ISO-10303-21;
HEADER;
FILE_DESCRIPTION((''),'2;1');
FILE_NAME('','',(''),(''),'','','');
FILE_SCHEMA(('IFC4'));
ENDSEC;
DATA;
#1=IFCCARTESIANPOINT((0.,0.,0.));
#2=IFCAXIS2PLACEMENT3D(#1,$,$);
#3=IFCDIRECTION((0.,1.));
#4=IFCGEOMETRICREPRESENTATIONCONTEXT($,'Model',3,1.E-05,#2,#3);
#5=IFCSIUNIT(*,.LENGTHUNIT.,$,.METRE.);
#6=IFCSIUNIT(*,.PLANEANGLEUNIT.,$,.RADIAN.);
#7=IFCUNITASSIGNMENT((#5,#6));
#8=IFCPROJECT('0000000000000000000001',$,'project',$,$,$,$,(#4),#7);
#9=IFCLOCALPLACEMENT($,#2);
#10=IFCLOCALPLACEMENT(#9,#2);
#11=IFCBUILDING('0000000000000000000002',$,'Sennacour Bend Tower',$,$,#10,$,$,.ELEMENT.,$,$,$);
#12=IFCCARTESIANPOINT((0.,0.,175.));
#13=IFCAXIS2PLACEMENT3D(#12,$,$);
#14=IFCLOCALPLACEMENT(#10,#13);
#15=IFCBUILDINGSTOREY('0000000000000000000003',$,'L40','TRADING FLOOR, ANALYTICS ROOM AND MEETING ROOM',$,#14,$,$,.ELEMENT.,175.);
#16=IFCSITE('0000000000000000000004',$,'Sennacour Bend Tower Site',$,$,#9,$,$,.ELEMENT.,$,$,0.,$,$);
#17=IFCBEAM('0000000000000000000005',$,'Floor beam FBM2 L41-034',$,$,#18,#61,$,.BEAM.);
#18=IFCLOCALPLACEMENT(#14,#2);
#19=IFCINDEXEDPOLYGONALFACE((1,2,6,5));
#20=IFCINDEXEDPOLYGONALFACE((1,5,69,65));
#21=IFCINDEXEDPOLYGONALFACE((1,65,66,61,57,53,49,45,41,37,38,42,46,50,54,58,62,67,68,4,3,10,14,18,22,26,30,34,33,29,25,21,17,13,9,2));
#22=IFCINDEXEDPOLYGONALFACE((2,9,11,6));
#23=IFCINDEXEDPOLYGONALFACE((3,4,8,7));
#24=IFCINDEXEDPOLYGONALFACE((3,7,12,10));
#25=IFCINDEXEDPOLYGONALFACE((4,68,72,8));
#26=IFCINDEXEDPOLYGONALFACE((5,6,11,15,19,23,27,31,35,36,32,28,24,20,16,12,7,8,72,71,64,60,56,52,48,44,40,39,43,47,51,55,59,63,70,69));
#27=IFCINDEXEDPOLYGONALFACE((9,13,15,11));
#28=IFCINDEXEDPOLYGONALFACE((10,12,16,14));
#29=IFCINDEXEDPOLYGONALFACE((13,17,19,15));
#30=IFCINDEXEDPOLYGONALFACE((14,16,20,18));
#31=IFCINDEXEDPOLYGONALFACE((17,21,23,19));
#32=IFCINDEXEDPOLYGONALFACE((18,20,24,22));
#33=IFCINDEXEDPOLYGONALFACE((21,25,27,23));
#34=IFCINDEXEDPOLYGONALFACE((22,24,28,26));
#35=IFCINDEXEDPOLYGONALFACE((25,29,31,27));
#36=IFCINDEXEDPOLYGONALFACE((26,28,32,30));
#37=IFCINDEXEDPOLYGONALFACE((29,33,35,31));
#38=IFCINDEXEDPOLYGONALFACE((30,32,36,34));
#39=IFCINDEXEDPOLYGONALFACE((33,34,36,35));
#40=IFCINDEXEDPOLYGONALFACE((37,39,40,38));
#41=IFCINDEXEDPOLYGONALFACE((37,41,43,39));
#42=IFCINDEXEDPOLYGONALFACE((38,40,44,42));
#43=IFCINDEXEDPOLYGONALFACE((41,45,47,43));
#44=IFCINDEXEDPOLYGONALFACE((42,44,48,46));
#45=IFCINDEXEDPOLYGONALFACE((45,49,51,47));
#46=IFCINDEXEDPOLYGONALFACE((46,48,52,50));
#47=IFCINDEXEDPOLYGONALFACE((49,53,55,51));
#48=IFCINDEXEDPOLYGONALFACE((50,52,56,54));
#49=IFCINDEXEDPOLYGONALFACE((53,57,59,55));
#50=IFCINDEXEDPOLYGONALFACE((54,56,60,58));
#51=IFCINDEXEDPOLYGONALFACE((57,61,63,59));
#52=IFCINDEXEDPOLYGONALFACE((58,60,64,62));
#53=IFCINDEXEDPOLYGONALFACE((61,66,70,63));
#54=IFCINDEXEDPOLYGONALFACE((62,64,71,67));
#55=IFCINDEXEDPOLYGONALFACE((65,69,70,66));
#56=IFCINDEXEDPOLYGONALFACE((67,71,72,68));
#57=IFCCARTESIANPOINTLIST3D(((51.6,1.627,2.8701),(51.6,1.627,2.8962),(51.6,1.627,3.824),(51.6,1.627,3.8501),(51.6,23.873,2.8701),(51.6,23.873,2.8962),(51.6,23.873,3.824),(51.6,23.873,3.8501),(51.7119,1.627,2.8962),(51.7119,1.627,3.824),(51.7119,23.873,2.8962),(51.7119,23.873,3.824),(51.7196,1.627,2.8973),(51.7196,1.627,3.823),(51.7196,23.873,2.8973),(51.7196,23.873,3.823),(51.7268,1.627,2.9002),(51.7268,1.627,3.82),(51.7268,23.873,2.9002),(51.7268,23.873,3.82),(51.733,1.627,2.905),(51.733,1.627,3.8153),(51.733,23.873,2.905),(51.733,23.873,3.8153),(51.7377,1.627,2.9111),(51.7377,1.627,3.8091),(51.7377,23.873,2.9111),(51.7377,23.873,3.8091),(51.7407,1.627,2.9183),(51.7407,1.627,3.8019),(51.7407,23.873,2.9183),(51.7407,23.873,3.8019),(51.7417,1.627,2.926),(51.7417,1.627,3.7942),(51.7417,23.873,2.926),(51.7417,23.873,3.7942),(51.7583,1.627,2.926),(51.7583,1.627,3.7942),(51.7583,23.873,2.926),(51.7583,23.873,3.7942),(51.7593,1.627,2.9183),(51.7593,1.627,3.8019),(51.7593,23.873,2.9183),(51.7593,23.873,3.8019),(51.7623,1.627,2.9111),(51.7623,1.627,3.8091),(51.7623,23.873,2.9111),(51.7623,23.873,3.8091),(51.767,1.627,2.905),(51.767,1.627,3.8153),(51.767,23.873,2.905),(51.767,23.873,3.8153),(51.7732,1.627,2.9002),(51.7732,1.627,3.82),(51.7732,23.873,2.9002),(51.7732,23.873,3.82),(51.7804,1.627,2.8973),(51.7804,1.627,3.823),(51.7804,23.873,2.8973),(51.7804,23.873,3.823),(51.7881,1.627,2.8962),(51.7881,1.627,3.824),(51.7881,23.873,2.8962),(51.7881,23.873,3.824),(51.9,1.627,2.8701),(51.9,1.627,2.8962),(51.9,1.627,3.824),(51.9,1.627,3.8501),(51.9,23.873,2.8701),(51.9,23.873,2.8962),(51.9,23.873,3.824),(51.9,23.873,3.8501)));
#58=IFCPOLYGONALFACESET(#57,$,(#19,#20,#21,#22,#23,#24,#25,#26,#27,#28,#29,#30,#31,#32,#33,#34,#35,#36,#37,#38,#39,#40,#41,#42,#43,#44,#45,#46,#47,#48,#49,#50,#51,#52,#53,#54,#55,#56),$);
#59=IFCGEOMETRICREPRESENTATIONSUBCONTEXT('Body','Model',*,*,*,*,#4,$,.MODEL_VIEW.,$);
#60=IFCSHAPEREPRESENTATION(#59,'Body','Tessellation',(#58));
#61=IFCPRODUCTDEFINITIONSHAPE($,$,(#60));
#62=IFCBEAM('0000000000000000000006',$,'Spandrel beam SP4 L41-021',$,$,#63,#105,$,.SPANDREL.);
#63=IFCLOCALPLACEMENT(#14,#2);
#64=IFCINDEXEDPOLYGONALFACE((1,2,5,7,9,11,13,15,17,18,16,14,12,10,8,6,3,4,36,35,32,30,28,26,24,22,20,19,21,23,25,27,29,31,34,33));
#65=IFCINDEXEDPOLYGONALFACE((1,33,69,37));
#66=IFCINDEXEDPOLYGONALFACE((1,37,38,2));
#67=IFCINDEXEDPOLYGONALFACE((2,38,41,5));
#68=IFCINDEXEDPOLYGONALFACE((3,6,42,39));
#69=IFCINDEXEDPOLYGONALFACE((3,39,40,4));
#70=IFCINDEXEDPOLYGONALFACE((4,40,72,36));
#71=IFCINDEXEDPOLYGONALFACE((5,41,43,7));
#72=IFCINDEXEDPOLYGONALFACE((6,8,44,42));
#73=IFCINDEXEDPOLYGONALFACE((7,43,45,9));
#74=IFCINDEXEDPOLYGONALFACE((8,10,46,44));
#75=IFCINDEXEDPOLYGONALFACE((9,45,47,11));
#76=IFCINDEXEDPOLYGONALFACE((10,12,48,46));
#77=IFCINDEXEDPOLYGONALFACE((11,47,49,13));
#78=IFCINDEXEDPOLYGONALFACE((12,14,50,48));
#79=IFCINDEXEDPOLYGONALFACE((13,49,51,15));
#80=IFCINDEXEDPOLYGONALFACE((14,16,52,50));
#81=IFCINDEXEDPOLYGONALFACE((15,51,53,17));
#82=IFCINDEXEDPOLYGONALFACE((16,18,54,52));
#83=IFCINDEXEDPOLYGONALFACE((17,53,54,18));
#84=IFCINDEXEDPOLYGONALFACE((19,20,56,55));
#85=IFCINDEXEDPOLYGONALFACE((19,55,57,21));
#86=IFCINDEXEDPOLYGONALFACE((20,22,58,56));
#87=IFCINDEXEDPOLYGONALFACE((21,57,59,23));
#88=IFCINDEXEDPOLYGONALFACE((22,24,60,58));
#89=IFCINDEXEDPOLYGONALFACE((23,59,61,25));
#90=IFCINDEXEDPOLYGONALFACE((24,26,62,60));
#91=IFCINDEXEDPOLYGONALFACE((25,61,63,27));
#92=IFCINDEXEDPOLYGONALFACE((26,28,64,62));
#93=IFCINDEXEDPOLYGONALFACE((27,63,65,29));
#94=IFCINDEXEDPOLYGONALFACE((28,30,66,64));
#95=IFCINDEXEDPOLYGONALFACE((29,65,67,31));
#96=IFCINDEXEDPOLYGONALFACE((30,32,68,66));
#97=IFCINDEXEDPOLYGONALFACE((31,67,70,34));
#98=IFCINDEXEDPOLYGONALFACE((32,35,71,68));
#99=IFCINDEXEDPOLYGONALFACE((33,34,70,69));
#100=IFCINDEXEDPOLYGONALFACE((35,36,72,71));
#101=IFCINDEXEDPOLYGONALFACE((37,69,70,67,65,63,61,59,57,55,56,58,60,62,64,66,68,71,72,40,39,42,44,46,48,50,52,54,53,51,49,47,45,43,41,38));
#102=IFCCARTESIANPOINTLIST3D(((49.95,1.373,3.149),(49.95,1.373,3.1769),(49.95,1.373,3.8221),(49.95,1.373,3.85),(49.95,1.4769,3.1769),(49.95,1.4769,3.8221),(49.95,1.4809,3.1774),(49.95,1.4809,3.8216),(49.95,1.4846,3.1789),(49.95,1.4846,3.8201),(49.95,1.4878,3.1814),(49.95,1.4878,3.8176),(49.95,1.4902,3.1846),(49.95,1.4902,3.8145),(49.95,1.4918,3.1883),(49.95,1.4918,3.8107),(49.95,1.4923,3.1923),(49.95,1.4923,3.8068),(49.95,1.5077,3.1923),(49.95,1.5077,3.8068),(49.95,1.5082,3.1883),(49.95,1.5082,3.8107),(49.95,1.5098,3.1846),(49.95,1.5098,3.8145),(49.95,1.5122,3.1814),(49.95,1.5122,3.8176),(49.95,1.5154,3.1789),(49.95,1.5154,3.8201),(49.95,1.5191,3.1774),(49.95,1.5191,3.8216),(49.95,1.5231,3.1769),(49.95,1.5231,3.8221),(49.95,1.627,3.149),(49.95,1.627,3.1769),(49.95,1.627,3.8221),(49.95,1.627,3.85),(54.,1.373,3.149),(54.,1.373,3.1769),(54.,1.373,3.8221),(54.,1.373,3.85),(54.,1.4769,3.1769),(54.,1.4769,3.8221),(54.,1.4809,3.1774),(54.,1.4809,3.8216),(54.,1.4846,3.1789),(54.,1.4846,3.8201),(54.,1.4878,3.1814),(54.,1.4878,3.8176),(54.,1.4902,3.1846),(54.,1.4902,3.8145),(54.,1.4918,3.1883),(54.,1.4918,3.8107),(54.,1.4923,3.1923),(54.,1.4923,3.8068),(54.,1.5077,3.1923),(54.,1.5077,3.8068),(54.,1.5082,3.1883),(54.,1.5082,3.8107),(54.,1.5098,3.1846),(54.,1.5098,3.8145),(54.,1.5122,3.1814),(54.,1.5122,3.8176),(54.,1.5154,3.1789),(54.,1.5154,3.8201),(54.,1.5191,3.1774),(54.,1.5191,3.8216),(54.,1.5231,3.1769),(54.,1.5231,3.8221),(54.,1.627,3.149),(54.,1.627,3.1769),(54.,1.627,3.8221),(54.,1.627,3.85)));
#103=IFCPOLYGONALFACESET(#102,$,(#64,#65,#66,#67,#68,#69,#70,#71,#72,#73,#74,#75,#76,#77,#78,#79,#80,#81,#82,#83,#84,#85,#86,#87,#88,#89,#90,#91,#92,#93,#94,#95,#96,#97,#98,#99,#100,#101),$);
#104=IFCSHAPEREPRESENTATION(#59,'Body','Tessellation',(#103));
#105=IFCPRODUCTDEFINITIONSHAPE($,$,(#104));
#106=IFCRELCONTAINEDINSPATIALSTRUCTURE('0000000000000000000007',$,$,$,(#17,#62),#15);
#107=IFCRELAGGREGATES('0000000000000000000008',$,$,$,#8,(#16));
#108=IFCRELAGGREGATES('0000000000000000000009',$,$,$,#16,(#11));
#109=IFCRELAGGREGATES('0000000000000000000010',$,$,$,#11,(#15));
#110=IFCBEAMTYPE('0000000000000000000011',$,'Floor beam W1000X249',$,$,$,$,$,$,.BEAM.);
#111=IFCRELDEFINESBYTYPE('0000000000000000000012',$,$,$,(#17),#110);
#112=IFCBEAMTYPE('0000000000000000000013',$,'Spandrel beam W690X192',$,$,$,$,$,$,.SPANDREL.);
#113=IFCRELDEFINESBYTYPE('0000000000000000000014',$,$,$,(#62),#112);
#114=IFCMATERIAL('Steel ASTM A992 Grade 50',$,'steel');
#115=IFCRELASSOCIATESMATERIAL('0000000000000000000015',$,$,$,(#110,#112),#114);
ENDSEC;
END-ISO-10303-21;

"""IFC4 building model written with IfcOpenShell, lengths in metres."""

from ifc_helpers import new_model, si_unit, direction, frame, origin, origin_2d, place, context, subcontext, project, spatial, i_section, extrude, material, material_profile, profile_set, type_object, element, save


model = new_model("IFC4")

# Units and contexts
model_context = context("Model", 3, precision=1e-05, world=origin(), true_north=direction((0.0, 1.0)))
body_context = subcontext(model_context, "Body", "Model", "MODEL_VIEW")
ifc_project = project(units=[si_unit("LENGTHUNIT", "METRE"), si_unit("PLANEANGLEUNIT", "RADIAN")], contexts=[model_context])

# Site, building, storey
site_placement = place(None, origin())
site = spatial("IfcSite", under=ifc_project, at=site_placement, Name="Sennacour Bend Tower Site", CompositionType="ELEMENT", RefElevation=0.0)
building_placement = place(site_placement, origin())
building = spatial("IfcBuilding", under=site, at=building_placement, Name="Sennacour Bend Tower", CompositionType="ELEMENT")
storey_placement = place(building_placement, frame((0.0, 0.0, 175.0)))
storey = spatial("IfcBuildingStorey", under=building, at=storey_placement, Name="L40", Description="TRADING FLOOR, ANALYTICS ROOM AND MEETING ROOM", CompositionType="ELEMENT", Elevation=175.0)

# Beams
ifc_material_1 = material(Name="Steel ASTM A992 Grade 50", Category="steel")
ifc_material_profile_1 = material_profile(ifc_material_1, i_section(OverallWidth=0.3, OverallDepth=0.98, WebThickness=0.0166, FlangeThickness=0.0261, FilletRadius=0.0298, at=origin_2d()), Name="Steel ASTM A992 Grade 50", Category="steel")
ifc_profile_set_1 = profile_set([ifc_material_profile_1], Name="Steel ASTM A992 Grade 50")
beam_type_1 = type_object("IfcBeamType", Name="Floor beam W1000X249", PredefinedType="BEAM", material=ifc_profile_set_1)
beam_1_placement = place(storey_placement, frame((51.75, 1.627, 3.3601), z_axis=(0.0, 1.0, 0.0), x_axis=(-1.0, 0.0, 0.0)))
element("IfcBeam", 1, at=beam_1_placement, inside=storey, type_object=beam_type_1, Name="Floor beam FBM2 L41-034", PredefinedType="BEAM", context=body_context, shape_type="SweptSolid", body=[
    extrude(i_section(OverallWidth=0.3, OverallDepth=0.98, WebThickness=0.0166, FlangeThickness=0.0261, FilletRadius=0.0298, at=origin_2d()), origin(), (0.0, 0.0, 1.0), 22.2461),
])
ifc_material_profile_2 = material_profile(ifc_material_1, i_section(OverallWidth=0.2539, OverallDepth=0.7009, WebThickness=0.0154, FlangeThickness=0.0278, FilletRadius=0.0154, at=origin_2d()), Name="Steel ASTM A992 Grade 50", Category="steel")
ifc_profile_set_2 = profile_set([ifc_material_profile_2], Name="Steel ASTM A992 Grade 50")
beam_type_2 = type_object("IfcBeamType", Name="Spandrel beam W690X192", PredefinedType="SPANDREL", material=ifc_profile_set_2)
beam_2_placement = place(storey_placement, frame((54.0, 1.5, 3.4995), z_axis=(-1.0, 0.0, 0.0), x_axis=(0.0, -1.0, 0.0)))
element("IfcBeam", 2, at=beam_2_placement, inside=storey, type_object=beam_type_2, Name="Spandrel beam SP4 L41-021", PredefinedType="SPANDREL", context=body_context, shape_type="SweptSolid", body=[
    extrude(i_section(OverallWidth=0.2539, OverallDepth=0.7009, WebThickness=0.0154, FlangeThickness=0.0278, FilletRadius=0.0154, at=origin_2d()), origin(), (0.0, 0.0, 1.0), 4.05),
])

save(model, "model.ifc")
